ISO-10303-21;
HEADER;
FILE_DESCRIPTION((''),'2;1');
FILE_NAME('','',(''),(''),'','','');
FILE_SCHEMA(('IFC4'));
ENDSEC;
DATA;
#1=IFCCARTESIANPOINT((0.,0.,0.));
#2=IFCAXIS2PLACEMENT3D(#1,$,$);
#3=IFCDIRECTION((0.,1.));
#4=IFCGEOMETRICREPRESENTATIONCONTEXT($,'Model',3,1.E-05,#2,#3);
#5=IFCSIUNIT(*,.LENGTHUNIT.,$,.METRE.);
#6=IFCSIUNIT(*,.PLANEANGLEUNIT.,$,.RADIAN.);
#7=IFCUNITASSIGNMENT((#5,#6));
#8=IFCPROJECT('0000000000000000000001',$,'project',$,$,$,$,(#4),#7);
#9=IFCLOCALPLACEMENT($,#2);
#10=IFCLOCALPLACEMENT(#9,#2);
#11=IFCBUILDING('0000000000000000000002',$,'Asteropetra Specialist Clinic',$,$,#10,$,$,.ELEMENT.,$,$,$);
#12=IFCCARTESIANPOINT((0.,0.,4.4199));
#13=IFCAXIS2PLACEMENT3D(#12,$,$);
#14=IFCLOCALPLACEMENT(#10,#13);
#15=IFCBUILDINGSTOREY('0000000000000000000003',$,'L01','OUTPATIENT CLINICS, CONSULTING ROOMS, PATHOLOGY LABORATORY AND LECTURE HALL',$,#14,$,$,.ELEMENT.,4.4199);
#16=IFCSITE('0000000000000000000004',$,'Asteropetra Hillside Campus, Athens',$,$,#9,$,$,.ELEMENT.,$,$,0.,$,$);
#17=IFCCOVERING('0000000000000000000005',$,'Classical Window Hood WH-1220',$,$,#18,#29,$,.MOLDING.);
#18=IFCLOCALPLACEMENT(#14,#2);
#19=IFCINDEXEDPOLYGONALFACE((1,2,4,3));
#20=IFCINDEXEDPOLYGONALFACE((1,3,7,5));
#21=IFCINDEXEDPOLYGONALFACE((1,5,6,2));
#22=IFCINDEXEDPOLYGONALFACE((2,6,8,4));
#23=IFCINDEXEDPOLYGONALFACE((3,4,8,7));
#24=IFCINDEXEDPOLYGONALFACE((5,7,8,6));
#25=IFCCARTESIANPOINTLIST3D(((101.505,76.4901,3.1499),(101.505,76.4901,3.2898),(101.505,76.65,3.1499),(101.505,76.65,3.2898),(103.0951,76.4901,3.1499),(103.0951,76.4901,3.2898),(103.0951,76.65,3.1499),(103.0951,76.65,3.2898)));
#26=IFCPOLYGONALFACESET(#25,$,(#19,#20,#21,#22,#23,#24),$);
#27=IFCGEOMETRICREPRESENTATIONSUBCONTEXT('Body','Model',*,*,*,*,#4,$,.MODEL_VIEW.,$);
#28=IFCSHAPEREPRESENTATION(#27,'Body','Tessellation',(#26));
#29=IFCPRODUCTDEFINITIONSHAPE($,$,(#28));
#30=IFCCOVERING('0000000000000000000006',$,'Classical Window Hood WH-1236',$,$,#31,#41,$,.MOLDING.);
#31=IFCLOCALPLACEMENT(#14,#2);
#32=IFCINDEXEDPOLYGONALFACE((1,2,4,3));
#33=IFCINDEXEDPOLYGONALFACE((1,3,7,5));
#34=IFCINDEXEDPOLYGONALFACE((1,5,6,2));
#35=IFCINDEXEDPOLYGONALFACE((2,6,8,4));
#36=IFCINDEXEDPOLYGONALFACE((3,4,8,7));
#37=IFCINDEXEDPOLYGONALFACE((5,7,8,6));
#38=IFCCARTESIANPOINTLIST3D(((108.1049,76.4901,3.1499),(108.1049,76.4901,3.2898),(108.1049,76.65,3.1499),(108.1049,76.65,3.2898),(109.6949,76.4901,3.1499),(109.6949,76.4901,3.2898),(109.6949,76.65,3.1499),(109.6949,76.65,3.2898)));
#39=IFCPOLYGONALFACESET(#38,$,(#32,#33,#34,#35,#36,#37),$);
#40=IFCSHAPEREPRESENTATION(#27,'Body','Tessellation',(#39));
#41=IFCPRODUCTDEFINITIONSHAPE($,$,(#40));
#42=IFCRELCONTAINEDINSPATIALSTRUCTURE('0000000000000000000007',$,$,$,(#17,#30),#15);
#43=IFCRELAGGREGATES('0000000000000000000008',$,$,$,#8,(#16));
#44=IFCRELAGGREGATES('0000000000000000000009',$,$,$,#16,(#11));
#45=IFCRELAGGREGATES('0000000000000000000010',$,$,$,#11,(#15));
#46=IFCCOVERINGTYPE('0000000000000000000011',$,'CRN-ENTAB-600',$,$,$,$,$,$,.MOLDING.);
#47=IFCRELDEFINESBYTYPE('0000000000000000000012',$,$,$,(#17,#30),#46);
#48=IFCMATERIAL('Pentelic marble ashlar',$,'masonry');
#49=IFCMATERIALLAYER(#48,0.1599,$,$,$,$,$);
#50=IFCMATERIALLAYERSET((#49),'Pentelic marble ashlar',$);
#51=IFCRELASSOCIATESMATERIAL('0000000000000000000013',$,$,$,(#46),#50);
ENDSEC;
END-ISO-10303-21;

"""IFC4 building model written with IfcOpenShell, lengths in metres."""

from ifc_helpers import new_model, si_unit, direction, frame, origin, origin_2d, place, context, subcontext, project, spatial, rectangle, extrude, material, layer, layer_set, type_object, element, save


model = new_model("IFC4")

# Units and contexts
model_context = context("Model", 3, precision=1e-05, world=origin(), true_north=direction((0.0, 1.0)))
body_context = subcontext(model_context, "Body", "Model", "MODEL_VIEW")
ifc_project = project(units=[si_unit("LENGTHUNIT", "METRE"), si_unit("PLANEANGLEUNIT", "RADIAN")], contexts=[model_context])

# Site, building, storey
site_placement = place(None, origin())
site = spatial("IfcSite", under=ifc_project, at=site_placement, Name="Asteropetra Hillside Campus, Athens", CompositionType="ELEMENT", RefElevation=0.0)
building_placement = place(site_placement, origin())
building = spatial("IfcBuilding", under=site, at=building_placement, Name="Asteropetra Specialist Clinic", CompositionType="ELEMENT")
storey_placement = place(building_placement, frame((0.0, 0.0, 4.4199)))
storey = spatial("IfcBuildingStorey", under=building, at=storey_placement, Name="L01", Description="OUTPATIENT CLINICS, CONSULTING ROOMS, PATHOLOGY LABORATORY AND LECTURE HALL", CompositionType="ELEMENT", Elevation=4.4199)

# Coverings
ifc_material_1 = material(Name="Pentelic marble ashlar", Category="masonry")
ifc_layer_1 = layer(ifc_material_1, 0.1599)
ifc_layer_set_1 = layer_set([ifc_layer_1], Name="Pentelic marble ashlar")
covering_type_1 = type_object("IfcCoveringType", Name="CRN-ENTAB-600", PredefinedType="MOLDING", material=ifc_layer_set_1)
for number, where, z_axis, x_axis, name in (
    (1, (102.3, 76.5701, 3.1499), (0.0, 0.0, 1.0), (1.0, 0.0, 0.0), "Classical Window Hood WH-1220"),
    (2, (108.8999, 76.5701, 3.1499), (0.0, 0.0, 1.0), (1.0, 0.0, 0.0), "Classical Window Hood WH-1236"),
):
    element("IfcCovering", number, at=place(storey_placement, frame(where, z_axis=z_axis, x_axis=x_axis)), inside=storey, type_object=covering_type_1, Name=name, PredefinedType="MOLDING", context=body_context, shape_type="SweptSolid", body=[
        extrude(rectangle(XDim=1.5901, YDim=0.1599, at=origin_2d()), origin(), (0.0, 0.0, 1.0), 0.1399),
    ])

save(model, "model.ifc")
